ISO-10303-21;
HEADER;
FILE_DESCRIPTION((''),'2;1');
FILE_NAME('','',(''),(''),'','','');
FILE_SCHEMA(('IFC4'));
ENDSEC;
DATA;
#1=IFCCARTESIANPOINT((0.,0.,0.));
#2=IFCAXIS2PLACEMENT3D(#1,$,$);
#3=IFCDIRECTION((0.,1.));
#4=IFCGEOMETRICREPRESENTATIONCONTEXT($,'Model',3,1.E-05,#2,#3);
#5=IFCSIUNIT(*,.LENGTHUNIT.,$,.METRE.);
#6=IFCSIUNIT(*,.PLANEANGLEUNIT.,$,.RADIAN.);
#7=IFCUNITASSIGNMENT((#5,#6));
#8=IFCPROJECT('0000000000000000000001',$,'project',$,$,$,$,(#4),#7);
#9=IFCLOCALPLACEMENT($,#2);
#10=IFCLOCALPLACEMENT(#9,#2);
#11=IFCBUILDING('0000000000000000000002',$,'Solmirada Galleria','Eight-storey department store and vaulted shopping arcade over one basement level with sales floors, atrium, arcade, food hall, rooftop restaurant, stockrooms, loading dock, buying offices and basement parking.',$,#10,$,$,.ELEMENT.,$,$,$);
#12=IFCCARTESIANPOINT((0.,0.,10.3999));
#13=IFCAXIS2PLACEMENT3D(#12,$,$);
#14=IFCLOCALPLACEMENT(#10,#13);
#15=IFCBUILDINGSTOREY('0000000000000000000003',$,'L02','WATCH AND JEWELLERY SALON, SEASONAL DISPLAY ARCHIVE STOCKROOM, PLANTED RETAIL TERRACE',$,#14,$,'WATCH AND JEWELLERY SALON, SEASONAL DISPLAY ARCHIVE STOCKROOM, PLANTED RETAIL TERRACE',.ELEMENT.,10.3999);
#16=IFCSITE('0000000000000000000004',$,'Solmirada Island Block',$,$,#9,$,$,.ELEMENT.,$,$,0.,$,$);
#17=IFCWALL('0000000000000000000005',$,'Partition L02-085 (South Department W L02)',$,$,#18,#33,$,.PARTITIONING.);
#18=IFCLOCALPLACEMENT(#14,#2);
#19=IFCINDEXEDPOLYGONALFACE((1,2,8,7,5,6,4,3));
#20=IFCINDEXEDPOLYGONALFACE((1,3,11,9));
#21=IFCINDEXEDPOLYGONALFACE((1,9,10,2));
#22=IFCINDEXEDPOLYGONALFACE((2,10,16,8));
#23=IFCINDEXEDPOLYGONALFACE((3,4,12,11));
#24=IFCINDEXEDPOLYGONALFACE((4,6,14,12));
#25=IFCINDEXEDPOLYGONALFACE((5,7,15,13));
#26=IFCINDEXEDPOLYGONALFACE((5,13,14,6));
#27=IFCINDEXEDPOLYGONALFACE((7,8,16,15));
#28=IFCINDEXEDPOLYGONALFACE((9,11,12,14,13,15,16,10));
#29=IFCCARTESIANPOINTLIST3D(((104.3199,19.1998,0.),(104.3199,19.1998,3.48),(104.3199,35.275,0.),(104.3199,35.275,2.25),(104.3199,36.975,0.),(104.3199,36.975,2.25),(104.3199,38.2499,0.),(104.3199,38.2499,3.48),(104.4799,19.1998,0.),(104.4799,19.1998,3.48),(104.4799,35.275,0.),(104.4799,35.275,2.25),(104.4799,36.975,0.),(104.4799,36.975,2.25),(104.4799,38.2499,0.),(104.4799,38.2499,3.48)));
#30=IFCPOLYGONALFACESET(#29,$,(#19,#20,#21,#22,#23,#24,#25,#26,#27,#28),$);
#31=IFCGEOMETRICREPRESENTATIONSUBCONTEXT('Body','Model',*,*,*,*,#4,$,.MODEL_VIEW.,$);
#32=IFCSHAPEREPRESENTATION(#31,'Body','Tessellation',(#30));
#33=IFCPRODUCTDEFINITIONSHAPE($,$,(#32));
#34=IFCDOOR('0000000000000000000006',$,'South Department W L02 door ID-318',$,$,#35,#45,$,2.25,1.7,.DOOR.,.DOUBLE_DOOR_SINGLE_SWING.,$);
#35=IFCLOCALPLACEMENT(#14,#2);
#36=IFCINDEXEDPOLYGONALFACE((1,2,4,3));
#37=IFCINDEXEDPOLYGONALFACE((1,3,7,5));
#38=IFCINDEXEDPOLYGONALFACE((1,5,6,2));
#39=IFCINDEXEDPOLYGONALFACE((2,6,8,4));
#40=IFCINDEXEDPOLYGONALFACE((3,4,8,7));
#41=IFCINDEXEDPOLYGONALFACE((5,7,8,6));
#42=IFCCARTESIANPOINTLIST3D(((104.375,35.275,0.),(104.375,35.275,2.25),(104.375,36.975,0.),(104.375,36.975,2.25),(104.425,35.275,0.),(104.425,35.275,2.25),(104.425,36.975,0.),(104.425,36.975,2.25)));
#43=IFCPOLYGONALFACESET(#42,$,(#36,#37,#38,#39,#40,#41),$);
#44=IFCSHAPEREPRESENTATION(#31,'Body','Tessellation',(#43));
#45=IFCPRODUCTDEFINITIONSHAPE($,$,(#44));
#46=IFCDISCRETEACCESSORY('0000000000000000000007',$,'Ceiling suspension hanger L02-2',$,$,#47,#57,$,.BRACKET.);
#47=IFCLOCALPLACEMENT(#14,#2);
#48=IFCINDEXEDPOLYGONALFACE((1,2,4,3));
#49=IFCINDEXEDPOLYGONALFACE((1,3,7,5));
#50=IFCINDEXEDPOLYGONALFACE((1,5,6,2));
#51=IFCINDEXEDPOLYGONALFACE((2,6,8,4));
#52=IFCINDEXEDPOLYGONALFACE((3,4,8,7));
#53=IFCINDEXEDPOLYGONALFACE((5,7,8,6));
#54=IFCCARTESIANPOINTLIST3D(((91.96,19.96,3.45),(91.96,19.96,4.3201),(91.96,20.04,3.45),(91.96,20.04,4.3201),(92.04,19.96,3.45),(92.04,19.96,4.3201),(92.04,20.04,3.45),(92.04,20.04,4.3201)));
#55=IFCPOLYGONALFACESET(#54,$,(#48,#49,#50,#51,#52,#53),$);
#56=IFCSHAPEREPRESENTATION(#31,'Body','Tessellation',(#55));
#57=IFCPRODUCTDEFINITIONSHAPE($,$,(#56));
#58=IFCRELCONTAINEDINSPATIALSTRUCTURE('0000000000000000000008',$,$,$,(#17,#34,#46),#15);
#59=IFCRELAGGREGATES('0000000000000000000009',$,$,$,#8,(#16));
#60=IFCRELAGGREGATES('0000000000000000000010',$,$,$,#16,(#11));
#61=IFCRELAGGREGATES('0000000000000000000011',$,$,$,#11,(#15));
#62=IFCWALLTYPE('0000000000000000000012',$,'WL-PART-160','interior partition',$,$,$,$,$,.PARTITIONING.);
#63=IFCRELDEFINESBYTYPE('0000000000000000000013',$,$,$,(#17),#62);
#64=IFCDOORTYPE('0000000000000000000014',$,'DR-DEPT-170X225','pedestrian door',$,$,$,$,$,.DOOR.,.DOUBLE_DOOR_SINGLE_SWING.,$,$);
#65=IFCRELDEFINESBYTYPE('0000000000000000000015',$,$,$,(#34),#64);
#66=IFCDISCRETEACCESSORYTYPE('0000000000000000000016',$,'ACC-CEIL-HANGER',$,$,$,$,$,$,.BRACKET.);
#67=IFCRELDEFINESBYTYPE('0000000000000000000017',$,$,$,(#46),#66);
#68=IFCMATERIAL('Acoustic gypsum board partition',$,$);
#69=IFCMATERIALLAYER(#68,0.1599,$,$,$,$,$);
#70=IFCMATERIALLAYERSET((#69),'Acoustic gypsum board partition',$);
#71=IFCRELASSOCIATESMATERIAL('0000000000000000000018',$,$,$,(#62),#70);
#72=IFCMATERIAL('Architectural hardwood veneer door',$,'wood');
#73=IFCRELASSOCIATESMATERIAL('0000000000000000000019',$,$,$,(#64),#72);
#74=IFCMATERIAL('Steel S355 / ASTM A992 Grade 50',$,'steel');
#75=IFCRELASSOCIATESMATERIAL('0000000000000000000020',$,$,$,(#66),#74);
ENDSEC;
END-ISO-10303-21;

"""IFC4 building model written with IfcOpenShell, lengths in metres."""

from ifc_helpers import new_model, si_unit, direction, frame, frame_2d, origin, origin_2d, place, context, subcontext, project, spatial, rectangle, extrude, material, layer, layer_set, type_object, element, fill, save


model = new_model("IFC4")

# Units and contexts
model_context = context("Model", 3, precision=1e-05, world=origin(), true_north=direction((0.0, 1.0)))
body_context = subcontext(model_context, "Body", "Model", "MODEL_VIEW")
ifc_project = project(units=[si_unit("LENGTHUNIT", "METRE"), si_unit("PLANEANGLEUNIT", "RADIAN")], contexts=[model_context])

# Site, building, storey
site_placement = place(None, origin())
site = spatial("IfcSite", under=ifc_project, at=site_placement, Name="Solmirada Island Block", CompositionType="ELEMENT", RefElevation=0.0)
building_placement = place(site_placement, origin())
building = spatial("IfcBuilding", under=site, at=building_placement, Name="Solmirada Galleria", Description="Eight-storey department store and vaulted shopping arcade over one basement level with sales floors, atrium, arcade, food hall, rooftop restaurant, stockrooms, loading dock, buying offices and basement parking.", CompositionType="ELEMENT")
storey_placement = place(building_placement, frame((0.0, 0.0, 10.3999)))
storey = spatial("IfcBuildingStorey", under=building, at=storey_placement, Name="L02", Description="WATCH AND JEWELLERY SALON, SEASONAL DISPLAY ARCHIVE STOCKROOM, PLANTED RETAIL TERRACE", LongName="WATCH AND JEWELLERY SALON, SEASONAL DISPLAY ARCHIVE STOCKROOM, PLANTED RETAIL TERRACE", CompositionType="ELEMENT", Elevation=10.3999)

# Shared definitions
ifc_material_1 = material(Name="Steel S355 / ASTM A992 Grade 50", Category="steel")

# Wall, opening, door
ifc_material_2 = material(Name="Acoustic gypsum board partition")
ifc_layer = layer(ifc_material_2, 0.1599)
ifc_layer_set = layer_set([ifc_layer], Name="Acoustic gypsum board partition")
wall_type = type_object("IfcWallType", Name="WL-PART-160", Description="interior partition", PredefinedType="PARTITIONING", material=ifc_layer_set)
ifc_material_3 = material(Name="Architectural hardwood veneer door", Category="wood")
door_type = type_object("IfcDoorType", Name="DR-DEPT-170X225", Description="pedestrian door", OperationType="DOUBLE_DOOR_SINGLE_SWING", PredefinedType="DOOR", material=ifc_material_3)
wall_1_placement = place(storey_placement, frame((104.3999, 19.2, 0.0), z_axis=(0.0, 0.0, 1.0), x_axis=(0.0, 1.0, 0.0)))
wall_1 = element("IfcWall", 1, at=wall_1_placement, inside=storey, type_object=wall_type, Name="Partition L02-085 (South Department W L02)", PredefinedType="PARTITIONING", context=body_context, shape_type="SweptSolid", body=[
    extrude(rectangle(XDim=19.05, YDim=0.1599, at=frame_2d((9.5249, 0.0))), origin(), (0.0, 0.0, 1.0), 3.48),
])
opening_1_placement = place(wall_1_placement, frame((16.075, 0.0, 0.0)))
opening_1 = element("IfcOpeningElement", 2, at=opening_1_placement, cuts=wall_1, PredefinedType="OPENING", context=body_context, shape_type="SweptSolid", body=[
    extrude(rectangle(XDim=1.7, YDim=2.25, at=frame_2d((0.8501, 1.125))), frame((0.0, 0.0898, 0.0), z_axis=(0.0, -1.0, 0.0), x_axis=(1.0, 0.0, 0.0)), (0.0, 0.0, 1.0), 0.1799),
])
door_1_placement = place(opening_1_placement, origin())
door_1 = element("IfcDoor", 3, at=door_1_placement, inside=storey, type_object=door_type, Name="South Department W L02 door ID-318", OperationType="DOUBLE_DOOR_SINGLE_SWING", OverallHeight=2.25, OverallWidth=1.7, PredefinedType="DOOR", context=body_context, shape_type="SweptSolid", body=[
    extrude(rectangle(XDim=1.7, YDim=2.25, at=frame_2d((0.8501, 1.125))), frame((0.0, 0.0249, 0.0), z_axis=(0.0, -1.0, 0.0), x_axis=(1.0, 0.0, 0.0)), (0.0, 0.0, 1.0), 0.05),
])
fill(opening_1, door_1)

# Discrete accessory
discrete_accessory_type = type_object("IfcDiscreteAccessoryType", Name="ACC-CEIL-HANGER", PredefinedType="BRACKET", material=ifc_material_1)
discrete_accessory_placement = place(storey_placement, frame((92.0, 20.0, 3.45), z_axis=(0.0, 0.0, 1.0), x_axis=(1.0, 0.0, 0.0)))
element("IfcDiscreteAccessory", 4, at=discrete_accessory_placement, inside=storey, type_object=discrete_accessory_type, Name="Ceiling suspension hanger L02-2", PredefinedType="BRACKET", context=body_context, shape_type="SweptSolid", body=[
    extrude(rectangle(XDim=0.0801, YDim=0.0801, at=origin_2d()), origin(), (0.0, 0.0, 1.0), 0.8701),
])

save(model, "model.ifc")
